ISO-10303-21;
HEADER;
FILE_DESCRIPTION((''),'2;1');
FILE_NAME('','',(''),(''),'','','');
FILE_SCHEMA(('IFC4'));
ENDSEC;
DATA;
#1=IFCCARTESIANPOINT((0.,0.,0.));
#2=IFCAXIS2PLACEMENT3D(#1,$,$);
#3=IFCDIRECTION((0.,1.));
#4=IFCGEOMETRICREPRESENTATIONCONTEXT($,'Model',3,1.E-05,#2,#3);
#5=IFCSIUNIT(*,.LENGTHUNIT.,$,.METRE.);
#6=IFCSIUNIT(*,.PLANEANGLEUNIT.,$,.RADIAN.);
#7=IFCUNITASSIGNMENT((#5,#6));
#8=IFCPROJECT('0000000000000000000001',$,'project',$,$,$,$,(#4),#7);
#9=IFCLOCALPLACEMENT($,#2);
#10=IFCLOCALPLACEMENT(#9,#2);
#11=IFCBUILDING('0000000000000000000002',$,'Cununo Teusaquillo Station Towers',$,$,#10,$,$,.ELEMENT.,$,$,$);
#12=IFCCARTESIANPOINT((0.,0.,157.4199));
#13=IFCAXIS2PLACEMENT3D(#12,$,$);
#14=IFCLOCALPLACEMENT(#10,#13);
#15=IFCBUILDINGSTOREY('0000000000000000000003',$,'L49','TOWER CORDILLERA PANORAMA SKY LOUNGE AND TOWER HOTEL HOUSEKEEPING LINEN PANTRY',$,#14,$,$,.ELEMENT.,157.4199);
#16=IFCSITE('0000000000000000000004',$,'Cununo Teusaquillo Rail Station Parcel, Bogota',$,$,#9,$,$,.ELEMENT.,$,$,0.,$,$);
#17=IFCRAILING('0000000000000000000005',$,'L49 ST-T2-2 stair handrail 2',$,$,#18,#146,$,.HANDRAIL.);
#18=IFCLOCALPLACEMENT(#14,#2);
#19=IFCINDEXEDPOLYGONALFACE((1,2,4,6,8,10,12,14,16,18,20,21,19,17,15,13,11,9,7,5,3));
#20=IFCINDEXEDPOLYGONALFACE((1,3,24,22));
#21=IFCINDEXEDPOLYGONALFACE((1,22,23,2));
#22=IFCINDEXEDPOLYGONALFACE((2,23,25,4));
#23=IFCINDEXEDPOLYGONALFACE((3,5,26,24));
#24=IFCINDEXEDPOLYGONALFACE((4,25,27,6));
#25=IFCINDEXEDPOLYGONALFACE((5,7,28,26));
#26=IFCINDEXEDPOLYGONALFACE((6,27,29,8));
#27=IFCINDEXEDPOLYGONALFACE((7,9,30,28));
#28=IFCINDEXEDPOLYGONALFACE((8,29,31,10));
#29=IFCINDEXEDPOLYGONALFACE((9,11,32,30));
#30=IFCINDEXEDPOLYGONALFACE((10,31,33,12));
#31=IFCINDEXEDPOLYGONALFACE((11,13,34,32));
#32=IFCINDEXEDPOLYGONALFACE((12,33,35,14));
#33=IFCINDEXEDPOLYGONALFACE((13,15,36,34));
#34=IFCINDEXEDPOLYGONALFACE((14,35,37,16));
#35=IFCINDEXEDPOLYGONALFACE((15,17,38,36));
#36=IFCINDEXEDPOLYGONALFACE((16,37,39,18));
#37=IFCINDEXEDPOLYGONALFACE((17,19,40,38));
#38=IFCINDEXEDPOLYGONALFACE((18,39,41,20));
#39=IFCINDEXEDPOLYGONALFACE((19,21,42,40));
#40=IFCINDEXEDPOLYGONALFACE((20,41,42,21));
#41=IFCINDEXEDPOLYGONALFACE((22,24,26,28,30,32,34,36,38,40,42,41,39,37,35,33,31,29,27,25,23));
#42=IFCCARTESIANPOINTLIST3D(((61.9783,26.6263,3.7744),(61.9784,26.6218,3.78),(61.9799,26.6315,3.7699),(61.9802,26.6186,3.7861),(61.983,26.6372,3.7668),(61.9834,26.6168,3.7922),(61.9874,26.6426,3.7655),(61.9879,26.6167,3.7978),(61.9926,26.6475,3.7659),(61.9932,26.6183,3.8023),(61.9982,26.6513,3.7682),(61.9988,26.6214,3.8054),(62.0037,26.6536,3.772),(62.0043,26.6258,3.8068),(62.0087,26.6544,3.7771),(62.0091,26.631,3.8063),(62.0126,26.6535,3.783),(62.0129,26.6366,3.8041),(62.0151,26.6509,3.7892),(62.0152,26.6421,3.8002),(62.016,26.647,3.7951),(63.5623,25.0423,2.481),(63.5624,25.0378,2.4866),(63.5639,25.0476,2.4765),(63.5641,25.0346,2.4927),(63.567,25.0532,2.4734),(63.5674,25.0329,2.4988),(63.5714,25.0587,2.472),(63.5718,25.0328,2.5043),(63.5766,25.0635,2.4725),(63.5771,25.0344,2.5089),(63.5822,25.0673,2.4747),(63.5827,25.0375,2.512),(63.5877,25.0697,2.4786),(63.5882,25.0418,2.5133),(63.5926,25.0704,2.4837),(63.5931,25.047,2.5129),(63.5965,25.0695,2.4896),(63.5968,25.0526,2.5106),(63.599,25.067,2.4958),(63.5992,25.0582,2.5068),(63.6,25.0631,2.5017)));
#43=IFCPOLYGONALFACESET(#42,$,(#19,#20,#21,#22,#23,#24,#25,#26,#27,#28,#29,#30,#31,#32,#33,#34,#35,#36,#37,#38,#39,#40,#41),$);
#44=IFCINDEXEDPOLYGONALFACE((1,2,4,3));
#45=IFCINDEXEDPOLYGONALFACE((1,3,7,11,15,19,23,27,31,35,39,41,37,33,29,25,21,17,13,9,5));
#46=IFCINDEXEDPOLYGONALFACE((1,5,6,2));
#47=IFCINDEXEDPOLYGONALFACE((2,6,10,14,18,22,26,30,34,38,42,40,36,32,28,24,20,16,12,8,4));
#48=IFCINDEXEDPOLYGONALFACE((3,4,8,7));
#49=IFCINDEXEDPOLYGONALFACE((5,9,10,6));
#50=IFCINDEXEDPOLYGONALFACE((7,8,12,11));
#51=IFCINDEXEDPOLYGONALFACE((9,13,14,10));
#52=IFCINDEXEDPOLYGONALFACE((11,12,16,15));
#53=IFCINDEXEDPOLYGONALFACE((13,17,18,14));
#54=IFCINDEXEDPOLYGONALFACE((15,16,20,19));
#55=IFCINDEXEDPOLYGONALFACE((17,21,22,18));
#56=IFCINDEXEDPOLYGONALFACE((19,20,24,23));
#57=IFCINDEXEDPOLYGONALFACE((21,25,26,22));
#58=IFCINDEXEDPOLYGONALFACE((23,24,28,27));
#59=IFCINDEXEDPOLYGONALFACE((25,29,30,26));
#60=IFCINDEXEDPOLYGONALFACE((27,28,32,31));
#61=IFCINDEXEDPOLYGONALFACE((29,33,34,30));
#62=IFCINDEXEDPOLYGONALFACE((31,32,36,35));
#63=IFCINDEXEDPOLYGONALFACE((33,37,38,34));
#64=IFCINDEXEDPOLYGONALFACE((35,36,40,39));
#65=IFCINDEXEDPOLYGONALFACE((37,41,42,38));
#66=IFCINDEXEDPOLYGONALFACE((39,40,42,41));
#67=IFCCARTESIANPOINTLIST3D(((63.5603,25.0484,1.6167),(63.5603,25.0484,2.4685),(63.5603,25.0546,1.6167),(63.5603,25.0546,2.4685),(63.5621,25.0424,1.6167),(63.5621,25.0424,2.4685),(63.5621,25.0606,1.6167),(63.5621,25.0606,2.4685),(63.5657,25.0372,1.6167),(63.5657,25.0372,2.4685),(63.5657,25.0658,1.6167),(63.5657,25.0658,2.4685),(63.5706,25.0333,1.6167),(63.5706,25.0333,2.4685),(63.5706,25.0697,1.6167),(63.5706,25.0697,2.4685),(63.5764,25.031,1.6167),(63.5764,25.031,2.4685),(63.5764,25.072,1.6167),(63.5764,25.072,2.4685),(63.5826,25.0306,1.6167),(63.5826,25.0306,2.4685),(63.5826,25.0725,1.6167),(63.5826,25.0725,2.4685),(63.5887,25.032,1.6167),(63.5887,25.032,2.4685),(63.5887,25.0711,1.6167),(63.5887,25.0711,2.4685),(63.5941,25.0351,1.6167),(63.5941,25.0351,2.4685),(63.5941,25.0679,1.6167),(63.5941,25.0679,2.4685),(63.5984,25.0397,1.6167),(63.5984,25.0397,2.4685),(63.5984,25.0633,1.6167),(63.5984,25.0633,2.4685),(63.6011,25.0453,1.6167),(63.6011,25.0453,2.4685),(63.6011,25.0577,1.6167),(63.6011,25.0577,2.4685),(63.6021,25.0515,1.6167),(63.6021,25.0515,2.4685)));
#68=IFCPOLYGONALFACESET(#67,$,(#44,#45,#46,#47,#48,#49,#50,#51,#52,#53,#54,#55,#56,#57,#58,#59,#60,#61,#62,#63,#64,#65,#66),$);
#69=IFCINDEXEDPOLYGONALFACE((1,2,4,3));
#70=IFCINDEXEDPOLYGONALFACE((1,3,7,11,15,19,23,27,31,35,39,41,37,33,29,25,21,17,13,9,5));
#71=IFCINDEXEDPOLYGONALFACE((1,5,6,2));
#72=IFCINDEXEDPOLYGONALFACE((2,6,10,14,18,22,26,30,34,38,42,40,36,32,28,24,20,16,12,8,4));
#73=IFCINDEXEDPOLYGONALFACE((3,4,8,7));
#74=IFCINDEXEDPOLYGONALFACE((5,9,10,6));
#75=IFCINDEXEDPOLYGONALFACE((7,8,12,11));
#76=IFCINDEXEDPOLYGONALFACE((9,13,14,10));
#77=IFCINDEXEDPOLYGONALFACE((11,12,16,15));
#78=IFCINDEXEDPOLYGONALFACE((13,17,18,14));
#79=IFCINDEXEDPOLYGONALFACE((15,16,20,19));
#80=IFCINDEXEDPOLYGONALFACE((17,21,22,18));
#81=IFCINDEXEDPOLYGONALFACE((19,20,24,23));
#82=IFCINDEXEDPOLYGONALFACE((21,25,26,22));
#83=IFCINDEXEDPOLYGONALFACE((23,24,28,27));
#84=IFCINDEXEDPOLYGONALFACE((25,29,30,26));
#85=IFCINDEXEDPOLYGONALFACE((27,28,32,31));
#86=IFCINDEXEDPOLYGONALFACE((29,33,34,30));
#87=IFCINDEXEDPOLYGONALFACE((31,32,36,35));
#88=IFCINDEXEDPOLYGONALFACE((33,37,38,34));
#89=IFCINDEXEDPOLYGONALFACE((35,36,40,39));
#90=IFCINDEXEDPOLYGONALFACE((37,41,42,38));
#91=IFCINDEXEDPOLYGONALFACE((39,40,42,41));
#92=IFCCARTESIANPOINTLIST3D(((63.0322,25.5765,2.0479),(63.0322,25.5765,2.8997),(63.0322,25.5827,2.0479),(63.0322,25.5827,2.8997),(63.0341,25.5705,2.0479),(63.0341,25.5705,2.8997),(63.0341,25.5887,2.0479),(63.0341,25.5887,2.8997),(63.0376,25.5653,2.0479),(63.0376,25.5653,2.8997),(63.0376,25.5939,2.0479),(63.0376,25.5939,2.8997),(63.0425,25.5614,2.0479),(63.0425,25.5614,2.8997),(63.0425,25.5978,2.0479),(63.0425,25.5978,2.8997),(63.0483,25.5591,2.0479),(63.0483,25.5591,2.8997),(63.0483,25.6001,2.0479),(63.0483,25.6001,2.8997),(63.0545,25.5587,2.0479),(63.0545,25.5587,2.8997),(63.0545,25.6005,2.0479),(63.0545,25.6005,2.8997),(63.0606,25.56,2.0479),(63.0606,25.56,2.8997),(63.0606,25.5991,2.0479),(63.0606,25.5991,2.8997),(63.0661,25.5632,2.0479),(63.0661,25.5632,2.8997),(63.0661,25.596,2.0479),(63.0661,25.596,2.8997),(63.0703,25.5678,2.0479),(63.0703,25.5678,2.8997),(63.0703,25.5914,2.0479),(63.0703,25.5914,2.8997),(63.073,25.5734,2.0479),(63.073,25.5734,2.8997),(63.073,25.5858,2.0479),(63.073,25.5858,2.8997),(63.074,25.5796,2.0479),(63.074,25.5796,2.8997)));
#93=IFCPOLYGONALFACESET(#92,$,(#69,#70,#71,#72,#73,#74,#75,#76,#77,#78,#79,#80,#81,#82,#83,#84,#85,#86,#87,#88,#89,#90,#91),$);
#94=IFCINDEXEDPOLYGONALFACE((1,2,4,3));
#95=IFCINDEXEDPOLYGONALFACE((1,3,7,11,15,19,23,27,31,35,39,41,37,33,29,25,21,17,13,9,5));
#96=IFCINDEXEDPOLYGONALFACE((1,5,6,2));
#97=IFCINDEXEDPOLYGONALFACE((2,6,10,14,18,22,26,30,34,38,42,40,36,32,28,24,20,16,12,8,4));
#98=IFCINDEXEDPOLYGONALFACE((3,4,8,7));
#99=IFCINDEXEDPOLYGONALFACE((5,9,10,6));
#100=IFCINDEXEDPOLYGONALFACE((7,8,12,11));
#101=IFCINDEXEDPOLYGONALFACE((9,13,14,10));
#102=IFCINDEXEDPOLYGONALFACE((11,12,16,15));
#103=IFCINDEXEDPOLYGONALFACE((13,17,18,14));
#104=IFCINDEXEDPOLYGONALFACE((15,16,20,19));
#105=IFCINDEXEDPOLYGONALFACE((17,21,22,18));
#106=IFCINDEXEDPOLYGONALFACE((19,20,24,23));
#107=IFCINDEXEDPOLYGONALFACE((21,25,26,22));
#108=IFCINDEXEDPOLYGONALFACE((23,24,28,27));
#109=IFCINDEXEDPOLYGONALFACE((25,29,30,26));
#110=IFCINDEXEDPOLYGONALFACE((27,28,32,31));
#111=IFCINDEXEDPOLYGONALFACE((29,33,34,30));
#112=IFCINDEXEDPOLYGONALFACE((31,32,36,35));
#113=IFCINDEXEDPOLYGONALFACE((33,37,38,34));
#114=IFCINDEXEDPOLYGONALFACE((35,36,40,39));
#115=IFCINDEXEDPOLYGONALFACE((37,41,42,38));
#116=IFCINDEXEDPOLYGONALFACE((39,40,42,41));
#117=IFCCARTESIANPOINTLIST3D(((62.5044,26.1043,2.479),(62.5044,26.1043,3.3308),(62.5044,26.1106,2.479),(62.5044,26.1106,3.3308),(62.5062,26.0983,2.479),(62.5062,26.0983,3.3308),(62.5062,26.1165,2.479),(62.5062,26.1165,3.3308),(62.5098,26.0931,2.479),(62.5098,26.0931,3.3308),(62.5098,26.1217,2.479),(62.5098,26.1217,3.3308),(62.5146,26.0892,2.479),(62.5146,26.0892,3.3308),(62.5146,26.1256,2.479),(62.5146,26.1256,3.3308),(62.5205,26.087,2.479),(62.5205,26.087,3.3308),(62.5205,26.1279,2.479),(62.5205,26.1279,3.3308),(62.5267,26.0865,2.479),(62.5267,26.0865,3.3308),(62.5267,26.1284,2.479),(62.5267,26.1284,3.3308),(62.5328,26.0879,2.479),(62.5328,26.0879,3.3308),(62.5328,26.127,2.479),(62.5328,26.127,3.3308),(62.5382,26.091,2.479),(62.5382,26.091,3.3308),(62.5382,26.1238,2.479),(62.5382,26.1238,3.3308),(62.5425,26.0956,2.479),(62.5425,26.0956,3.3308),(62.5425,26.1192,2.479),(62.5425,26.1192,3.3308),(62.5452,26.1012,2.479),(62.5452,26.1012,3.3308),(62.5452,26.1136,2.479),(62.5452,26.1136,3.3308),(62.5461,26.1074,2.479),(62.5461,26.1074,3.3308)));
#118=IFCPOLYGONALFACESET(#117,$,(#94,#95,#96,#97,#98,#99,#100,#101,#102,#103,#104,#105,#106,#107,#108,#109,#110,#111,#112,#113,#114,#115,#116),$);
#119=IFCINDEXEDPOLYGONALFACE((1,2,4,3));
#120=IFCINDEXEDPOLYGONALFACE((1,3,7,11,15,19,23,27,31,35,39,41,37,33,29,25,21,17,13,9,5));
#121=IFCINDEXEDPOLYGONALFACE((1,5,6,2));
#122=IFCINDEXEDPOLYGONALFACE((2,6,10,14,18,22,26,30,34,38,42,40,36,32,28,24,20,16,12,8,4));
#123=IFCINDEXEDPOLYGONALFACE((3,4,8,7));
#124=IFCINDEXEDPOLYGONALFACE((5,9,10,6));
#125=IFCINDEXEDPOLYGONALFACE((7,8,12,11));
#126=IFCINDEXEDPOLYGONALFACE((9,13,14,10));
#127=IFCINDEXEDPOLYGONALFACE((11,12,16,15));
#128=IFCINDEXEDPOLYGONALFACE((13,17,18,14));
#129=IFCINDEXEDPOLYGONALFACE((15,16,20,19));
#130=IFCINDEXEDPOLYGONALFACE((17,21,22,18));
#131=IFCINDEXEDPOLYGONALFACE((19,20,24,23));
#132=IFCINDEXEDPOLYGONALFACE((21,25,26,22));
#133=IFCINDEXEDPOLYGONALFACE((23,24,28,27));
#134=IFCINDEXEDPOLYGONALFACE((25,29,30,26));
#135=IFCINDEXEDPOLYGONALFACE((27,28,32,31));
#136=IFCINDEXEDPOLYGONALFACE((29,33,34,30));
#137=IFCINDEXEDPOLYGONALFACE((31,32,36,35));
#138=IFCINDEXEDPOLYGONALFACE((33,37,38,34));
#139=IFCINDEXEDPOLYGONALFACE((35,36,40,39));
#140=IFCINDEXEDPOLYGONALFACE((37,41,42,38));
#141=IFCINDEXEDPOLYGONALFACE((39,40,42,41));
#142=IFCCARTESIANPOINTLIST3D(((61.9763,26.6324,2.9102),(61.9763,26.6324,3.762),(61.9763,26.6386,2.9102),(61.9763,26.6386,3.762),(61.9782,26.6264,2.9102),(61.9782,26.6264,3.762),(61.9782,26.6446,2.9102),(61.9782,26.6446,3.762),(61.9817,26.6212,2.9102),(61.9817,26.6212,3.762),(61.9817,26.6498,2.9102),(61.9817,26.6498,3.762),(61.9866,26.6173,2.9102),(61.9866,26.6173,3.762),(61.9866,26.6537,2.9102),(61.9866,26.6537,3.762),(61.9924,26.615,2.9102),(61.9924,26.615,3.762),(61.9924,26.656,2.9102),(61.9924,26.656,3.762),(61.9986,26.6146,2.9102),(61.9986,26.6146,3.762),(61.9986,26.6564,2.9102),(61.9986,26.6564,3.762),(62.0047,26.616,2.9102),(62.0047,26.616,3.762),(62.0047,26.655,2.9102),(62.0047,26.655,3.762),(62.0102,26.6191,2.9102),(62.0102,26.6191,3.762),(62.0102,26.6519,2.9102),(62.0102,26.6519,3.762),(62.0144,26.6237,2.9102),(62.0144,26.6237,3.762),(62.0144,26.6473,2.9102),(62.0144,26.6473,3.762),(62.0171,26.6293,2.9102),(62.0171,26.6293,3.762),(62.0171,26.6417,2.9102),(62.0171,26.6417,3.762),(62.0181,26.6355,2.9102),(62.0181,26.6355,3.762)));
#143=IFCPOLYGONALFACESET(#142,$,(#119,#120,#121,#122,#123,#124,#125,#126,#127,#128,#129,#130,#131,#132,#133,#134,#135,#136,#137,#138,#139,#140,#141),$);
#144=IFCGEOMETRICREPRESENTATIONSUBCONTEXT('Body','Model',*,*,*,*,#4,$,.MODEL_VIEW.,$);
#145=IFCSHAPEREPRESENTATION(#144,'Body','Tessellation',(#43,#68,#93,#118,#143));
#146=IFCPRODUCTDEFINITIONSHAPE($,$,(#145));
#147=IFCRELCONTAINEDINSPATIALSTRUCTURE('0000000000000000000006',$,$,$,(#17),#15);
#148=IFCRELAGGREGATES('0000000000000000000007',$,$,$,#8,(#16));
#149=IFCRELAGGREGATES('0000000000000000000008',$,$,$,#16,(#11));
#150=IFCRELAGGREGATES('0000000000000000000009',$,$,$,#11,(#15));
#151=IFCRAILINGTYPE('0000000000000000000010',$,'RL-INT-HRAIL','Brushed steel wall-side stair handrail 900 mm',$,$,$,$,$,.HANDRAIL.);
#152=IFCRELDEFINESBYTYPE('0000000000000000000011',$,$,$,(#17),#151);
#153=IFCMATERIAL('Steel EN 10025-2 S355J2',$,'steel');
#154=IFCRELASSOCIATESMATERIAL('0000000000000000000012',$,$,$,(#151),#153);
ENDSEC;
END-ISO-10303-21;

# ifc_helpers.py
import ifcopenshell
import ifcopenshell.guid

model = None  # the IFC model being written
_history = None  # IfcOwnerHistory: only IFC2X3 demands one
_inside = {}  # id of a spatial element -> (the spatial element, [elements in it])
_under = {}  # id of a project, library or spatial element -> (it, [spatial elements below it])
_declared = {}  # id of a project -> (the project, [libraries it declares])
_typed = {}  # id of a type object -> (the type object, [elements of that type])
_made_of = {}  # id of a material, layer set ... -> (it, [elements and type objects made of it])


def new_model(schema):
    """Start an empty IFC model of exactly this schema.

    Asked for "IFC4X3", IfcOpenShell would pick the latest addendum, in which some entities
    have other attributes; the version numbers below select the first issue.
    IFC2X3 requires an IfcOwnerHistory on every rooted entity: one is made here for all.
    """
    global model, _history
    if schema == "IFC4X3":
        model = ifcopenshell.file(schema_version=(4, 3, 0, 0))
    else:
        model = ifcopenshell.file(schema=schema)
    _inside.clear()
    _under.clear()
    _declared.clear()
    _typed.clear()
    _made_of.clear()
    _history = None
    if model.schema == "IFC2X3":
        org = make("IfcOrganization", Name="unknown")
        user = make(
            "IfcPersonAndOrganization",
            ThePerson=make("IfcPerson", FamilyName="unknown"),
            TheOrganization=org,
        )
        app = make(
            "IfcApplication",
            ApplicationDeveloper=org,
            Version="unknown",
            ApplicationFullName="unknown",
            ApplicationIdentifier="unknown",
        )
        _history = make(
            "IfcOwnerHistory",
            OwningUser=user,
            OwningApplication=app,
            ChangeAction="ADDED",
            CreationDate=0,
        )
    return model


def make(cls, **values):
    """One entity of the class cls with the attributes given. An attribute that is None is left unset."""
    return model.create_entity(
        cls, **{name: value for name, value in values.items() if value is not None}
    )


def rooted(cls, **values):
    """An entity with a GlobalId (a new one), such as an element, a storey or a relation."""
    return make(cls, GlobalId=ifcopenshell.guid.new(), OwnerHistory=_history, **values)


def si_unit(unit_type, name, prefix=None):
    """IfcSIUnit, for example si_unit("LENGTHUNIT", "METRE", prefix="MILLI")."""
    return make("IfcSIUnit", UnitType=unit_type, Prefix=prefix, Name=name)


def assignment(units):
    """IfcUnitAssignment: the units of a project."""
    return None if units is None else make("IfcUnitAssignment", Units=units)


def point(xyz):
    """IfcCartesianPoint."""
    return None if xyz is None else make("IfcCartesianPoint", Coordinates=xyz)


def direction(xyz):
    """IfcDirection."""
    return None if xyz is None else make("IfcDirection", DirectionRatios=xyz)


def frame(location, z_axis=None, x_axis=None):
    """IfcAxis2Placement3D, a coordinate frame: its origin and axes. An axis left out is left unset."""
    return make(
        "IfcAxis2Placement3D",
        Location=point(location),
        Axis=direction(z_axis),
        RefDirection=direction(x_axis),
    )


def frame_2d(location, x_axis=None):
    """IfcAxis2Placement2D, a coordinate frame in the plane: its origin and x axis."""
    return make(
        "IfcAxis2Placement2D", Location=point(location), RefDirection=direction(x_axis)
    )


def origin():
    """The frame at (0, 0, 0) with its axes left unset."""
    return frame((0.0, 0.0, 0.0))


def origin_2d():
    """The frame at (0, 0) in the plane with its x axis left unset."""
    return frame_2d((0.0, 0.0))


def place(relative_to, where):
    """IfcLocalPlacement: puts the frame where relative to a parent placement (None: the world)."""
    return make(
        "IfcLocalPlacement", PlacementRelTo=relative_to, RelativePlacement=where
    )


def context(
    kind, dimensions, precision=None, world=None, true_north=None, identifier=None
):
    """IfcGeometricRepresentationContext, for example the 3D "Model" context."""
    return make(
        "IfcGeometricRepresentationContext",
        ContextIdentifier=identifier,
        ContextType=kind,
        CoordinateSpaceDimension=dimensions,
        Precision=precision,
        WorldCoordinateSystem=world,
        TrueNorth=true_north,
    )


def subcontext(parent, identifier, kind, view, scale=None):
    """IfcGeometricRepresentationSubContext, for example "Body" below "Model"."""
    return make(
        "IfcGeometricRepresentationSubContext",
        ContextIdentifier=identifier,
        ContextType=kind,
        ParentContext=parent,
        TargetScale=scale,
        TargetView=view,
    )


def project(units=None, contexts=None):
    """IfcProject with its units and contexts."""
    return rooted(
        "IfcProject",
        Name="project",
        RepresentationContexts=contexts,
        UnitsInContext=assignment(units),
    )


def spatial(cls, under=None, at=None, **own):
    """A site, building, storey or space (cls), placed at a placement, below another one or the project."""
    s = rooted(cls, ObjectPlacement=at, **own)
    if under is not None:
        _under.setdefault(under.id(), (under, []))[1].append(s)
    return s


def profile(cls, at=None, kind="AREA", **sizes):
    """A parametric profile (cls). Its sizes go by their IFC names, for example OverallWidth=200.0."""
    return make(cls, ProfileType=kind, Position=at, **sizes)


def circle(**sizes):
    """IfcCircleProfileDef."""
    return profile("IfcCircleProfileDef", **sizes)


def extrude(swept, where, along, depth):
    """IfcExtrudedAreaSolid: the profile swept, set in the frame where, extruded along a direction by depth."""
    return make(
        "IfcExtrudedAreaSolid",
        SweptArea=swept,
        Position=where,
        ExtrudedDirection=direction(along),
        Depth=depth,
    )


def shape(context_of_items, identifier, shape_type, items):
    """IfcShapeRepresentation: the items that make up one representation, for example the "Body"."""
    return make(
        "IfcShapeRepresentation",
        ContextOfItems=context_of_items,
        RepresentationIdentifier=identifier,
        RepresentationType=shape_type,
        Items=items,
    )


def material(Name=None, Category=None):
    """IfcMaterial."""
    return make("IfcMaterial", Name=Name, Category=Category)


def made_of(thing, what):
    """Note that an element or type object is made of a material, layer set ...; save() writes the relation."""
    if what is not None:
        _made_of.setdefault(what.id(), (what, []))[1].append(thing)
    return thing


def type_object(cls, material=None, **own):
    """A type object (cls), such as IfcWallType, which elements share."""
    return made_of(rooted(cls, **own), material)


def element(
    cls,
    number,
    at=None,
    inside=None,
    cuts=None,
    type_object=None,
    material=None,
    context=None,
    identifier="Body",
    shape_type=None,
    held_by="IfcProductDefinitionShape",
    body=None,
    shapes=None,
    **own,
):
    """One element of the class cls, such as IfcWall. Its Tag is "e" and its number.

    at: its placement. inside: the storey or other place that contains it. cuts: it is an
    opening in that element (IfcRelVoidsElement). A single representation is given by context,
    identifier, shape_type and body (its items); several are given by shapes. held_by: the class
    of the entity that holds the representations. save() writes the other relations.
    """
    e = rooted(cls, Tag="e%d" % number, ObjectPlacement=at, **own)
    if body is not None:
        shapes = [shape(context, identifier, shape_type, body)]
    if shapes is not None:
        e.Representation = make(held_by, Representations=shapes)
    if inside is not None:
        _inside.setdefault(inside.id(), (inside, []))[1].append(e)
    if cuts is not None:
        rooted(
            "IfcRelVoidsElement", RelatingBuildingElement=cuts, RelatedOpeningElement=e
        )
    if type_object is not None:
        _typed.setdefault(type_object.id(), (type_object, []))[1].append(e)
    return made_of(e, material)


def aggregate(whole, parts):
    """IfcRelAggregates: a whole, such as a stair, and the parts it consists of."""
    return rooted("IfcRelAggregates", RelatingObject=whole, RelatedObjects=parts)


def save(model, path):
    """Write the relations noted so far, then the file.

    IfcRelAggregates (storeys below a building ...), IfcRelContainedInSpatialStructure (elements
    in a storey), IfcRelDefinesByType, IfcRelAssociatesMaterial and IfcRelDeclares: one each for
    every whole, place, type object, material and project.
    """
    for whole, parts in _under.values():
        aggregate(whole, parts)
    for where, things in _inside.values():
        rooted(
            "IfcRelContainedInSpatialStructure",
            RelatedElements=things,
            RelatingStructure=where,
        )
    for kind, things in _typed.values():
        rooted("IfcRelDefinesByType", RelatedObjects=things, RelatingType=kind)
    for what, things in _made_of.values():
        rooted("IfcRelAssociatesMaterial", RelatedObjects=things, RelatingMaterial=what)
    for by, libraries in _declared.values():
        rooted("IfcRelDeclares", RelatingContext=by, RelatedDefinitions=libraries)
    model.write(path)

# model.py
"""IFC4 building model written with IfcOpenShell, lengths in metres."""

from ifc_helpers import new_model, si_unit, direction, frame, origin, origin_2d, place, context, subcontext, project, spatial, circle, extrude, material, type_object, element, save


model = new_model("IFC4")

# Units and contexts
model_context = context("Model", 3, precision=1e-05, world=origin(), true_north=direction((0.0, 1.0)))
body_context = subcontext(model_context, "Body", "Model", "MODEL_VIEW")
ifc_project = project(units=[si_unit("LENGTHUNIT", "METRE"), si_unit("PLANEANGLEUNIT", "RADIAN")], contexts=[model_context])

# Site, building, storey
site_placement = place(None, origin())
site = spatial("IfcSite", under=ifc_project, at=site_placement, Name="Cununo Teusaquillo Rail Station Parcel, Bogota", CompositionType="ELEMENT", RefElevation=0.0)
building_placement = place(site_placement, origin())
building = spatial("IfcBuilding", under=site, at=building_placement, Name="Cununo Teusaquillo Station Towers", CompositionType="ELEMENT")
storey_placement = place(building_placement, frame((0.0, 0.0, 157.4199)))
storey = spatial("IfcBuildingStorey", under=building, at=storey_placement, Name="L49", Description="TOWER CORDILLERA PANORAMA SKY LOUNGE AND TOWER HOTEL HOUSEKEEPING LINEN PANTRY", CompositionType="ELEMENT", Elevation=157.4199)

# Railing
ifc_material_1 = material(Name="Steel EN 10025-2 S355J2", Category="steel")
railing_type_1 = type_object("IfcRailingType", Name="RL-INT-HRAIL", Description="Brushed steel wall-side stair handrail 900 mm", PredefinedType="HANDRAIL", material=ifc_material_1)
railing_1_placement = place(storey_placement, frame((63.5811, 25.0515, 1.6167)))
element("IfcRailing", 1, at=railing_1_placement, inside=storey, type_object=railing_type_1, Name="L49 ST-T2-2 stair handrail 2", PredefinedType="HANDRAIL", context=body_context, shape_type="SweptSolid", body=[
    extrude(circle(Radius=0.0239, at=origin_2d()), frame((0.0, 0.0, 0.876), z_axis=(-0.612356, 0.612356, 0.50004), x_axis=(-0.707107, -0.707107, 0.0)), (0.0, 0.0, 1.0), 2.5867),
    extrude(circle(Radius=0.021, at=origin_2d()), origin(), (0.0, 0.0, 1.0), 0.8518),
    extrude(circle(Radius=0.021, at=origin_2d()), frame((-0.5281, 0.5281, 0.4312)), (0.0, 0.0, 1.0), 0.8518),
    extrude(circle(Radius=0.021, at=origin_2d()), frame((-1.0559, 1.0559, 0.8623)), (0.0, 0.0, 1.0), 0.8518),
    extrude(circle(Radius=0.021, at=origin_2d()), frame((-1.584, 1.584, 1.2935)), (0.0, 0.0, 1.0), 0.8518),
])

save(model, "model.ifc")
